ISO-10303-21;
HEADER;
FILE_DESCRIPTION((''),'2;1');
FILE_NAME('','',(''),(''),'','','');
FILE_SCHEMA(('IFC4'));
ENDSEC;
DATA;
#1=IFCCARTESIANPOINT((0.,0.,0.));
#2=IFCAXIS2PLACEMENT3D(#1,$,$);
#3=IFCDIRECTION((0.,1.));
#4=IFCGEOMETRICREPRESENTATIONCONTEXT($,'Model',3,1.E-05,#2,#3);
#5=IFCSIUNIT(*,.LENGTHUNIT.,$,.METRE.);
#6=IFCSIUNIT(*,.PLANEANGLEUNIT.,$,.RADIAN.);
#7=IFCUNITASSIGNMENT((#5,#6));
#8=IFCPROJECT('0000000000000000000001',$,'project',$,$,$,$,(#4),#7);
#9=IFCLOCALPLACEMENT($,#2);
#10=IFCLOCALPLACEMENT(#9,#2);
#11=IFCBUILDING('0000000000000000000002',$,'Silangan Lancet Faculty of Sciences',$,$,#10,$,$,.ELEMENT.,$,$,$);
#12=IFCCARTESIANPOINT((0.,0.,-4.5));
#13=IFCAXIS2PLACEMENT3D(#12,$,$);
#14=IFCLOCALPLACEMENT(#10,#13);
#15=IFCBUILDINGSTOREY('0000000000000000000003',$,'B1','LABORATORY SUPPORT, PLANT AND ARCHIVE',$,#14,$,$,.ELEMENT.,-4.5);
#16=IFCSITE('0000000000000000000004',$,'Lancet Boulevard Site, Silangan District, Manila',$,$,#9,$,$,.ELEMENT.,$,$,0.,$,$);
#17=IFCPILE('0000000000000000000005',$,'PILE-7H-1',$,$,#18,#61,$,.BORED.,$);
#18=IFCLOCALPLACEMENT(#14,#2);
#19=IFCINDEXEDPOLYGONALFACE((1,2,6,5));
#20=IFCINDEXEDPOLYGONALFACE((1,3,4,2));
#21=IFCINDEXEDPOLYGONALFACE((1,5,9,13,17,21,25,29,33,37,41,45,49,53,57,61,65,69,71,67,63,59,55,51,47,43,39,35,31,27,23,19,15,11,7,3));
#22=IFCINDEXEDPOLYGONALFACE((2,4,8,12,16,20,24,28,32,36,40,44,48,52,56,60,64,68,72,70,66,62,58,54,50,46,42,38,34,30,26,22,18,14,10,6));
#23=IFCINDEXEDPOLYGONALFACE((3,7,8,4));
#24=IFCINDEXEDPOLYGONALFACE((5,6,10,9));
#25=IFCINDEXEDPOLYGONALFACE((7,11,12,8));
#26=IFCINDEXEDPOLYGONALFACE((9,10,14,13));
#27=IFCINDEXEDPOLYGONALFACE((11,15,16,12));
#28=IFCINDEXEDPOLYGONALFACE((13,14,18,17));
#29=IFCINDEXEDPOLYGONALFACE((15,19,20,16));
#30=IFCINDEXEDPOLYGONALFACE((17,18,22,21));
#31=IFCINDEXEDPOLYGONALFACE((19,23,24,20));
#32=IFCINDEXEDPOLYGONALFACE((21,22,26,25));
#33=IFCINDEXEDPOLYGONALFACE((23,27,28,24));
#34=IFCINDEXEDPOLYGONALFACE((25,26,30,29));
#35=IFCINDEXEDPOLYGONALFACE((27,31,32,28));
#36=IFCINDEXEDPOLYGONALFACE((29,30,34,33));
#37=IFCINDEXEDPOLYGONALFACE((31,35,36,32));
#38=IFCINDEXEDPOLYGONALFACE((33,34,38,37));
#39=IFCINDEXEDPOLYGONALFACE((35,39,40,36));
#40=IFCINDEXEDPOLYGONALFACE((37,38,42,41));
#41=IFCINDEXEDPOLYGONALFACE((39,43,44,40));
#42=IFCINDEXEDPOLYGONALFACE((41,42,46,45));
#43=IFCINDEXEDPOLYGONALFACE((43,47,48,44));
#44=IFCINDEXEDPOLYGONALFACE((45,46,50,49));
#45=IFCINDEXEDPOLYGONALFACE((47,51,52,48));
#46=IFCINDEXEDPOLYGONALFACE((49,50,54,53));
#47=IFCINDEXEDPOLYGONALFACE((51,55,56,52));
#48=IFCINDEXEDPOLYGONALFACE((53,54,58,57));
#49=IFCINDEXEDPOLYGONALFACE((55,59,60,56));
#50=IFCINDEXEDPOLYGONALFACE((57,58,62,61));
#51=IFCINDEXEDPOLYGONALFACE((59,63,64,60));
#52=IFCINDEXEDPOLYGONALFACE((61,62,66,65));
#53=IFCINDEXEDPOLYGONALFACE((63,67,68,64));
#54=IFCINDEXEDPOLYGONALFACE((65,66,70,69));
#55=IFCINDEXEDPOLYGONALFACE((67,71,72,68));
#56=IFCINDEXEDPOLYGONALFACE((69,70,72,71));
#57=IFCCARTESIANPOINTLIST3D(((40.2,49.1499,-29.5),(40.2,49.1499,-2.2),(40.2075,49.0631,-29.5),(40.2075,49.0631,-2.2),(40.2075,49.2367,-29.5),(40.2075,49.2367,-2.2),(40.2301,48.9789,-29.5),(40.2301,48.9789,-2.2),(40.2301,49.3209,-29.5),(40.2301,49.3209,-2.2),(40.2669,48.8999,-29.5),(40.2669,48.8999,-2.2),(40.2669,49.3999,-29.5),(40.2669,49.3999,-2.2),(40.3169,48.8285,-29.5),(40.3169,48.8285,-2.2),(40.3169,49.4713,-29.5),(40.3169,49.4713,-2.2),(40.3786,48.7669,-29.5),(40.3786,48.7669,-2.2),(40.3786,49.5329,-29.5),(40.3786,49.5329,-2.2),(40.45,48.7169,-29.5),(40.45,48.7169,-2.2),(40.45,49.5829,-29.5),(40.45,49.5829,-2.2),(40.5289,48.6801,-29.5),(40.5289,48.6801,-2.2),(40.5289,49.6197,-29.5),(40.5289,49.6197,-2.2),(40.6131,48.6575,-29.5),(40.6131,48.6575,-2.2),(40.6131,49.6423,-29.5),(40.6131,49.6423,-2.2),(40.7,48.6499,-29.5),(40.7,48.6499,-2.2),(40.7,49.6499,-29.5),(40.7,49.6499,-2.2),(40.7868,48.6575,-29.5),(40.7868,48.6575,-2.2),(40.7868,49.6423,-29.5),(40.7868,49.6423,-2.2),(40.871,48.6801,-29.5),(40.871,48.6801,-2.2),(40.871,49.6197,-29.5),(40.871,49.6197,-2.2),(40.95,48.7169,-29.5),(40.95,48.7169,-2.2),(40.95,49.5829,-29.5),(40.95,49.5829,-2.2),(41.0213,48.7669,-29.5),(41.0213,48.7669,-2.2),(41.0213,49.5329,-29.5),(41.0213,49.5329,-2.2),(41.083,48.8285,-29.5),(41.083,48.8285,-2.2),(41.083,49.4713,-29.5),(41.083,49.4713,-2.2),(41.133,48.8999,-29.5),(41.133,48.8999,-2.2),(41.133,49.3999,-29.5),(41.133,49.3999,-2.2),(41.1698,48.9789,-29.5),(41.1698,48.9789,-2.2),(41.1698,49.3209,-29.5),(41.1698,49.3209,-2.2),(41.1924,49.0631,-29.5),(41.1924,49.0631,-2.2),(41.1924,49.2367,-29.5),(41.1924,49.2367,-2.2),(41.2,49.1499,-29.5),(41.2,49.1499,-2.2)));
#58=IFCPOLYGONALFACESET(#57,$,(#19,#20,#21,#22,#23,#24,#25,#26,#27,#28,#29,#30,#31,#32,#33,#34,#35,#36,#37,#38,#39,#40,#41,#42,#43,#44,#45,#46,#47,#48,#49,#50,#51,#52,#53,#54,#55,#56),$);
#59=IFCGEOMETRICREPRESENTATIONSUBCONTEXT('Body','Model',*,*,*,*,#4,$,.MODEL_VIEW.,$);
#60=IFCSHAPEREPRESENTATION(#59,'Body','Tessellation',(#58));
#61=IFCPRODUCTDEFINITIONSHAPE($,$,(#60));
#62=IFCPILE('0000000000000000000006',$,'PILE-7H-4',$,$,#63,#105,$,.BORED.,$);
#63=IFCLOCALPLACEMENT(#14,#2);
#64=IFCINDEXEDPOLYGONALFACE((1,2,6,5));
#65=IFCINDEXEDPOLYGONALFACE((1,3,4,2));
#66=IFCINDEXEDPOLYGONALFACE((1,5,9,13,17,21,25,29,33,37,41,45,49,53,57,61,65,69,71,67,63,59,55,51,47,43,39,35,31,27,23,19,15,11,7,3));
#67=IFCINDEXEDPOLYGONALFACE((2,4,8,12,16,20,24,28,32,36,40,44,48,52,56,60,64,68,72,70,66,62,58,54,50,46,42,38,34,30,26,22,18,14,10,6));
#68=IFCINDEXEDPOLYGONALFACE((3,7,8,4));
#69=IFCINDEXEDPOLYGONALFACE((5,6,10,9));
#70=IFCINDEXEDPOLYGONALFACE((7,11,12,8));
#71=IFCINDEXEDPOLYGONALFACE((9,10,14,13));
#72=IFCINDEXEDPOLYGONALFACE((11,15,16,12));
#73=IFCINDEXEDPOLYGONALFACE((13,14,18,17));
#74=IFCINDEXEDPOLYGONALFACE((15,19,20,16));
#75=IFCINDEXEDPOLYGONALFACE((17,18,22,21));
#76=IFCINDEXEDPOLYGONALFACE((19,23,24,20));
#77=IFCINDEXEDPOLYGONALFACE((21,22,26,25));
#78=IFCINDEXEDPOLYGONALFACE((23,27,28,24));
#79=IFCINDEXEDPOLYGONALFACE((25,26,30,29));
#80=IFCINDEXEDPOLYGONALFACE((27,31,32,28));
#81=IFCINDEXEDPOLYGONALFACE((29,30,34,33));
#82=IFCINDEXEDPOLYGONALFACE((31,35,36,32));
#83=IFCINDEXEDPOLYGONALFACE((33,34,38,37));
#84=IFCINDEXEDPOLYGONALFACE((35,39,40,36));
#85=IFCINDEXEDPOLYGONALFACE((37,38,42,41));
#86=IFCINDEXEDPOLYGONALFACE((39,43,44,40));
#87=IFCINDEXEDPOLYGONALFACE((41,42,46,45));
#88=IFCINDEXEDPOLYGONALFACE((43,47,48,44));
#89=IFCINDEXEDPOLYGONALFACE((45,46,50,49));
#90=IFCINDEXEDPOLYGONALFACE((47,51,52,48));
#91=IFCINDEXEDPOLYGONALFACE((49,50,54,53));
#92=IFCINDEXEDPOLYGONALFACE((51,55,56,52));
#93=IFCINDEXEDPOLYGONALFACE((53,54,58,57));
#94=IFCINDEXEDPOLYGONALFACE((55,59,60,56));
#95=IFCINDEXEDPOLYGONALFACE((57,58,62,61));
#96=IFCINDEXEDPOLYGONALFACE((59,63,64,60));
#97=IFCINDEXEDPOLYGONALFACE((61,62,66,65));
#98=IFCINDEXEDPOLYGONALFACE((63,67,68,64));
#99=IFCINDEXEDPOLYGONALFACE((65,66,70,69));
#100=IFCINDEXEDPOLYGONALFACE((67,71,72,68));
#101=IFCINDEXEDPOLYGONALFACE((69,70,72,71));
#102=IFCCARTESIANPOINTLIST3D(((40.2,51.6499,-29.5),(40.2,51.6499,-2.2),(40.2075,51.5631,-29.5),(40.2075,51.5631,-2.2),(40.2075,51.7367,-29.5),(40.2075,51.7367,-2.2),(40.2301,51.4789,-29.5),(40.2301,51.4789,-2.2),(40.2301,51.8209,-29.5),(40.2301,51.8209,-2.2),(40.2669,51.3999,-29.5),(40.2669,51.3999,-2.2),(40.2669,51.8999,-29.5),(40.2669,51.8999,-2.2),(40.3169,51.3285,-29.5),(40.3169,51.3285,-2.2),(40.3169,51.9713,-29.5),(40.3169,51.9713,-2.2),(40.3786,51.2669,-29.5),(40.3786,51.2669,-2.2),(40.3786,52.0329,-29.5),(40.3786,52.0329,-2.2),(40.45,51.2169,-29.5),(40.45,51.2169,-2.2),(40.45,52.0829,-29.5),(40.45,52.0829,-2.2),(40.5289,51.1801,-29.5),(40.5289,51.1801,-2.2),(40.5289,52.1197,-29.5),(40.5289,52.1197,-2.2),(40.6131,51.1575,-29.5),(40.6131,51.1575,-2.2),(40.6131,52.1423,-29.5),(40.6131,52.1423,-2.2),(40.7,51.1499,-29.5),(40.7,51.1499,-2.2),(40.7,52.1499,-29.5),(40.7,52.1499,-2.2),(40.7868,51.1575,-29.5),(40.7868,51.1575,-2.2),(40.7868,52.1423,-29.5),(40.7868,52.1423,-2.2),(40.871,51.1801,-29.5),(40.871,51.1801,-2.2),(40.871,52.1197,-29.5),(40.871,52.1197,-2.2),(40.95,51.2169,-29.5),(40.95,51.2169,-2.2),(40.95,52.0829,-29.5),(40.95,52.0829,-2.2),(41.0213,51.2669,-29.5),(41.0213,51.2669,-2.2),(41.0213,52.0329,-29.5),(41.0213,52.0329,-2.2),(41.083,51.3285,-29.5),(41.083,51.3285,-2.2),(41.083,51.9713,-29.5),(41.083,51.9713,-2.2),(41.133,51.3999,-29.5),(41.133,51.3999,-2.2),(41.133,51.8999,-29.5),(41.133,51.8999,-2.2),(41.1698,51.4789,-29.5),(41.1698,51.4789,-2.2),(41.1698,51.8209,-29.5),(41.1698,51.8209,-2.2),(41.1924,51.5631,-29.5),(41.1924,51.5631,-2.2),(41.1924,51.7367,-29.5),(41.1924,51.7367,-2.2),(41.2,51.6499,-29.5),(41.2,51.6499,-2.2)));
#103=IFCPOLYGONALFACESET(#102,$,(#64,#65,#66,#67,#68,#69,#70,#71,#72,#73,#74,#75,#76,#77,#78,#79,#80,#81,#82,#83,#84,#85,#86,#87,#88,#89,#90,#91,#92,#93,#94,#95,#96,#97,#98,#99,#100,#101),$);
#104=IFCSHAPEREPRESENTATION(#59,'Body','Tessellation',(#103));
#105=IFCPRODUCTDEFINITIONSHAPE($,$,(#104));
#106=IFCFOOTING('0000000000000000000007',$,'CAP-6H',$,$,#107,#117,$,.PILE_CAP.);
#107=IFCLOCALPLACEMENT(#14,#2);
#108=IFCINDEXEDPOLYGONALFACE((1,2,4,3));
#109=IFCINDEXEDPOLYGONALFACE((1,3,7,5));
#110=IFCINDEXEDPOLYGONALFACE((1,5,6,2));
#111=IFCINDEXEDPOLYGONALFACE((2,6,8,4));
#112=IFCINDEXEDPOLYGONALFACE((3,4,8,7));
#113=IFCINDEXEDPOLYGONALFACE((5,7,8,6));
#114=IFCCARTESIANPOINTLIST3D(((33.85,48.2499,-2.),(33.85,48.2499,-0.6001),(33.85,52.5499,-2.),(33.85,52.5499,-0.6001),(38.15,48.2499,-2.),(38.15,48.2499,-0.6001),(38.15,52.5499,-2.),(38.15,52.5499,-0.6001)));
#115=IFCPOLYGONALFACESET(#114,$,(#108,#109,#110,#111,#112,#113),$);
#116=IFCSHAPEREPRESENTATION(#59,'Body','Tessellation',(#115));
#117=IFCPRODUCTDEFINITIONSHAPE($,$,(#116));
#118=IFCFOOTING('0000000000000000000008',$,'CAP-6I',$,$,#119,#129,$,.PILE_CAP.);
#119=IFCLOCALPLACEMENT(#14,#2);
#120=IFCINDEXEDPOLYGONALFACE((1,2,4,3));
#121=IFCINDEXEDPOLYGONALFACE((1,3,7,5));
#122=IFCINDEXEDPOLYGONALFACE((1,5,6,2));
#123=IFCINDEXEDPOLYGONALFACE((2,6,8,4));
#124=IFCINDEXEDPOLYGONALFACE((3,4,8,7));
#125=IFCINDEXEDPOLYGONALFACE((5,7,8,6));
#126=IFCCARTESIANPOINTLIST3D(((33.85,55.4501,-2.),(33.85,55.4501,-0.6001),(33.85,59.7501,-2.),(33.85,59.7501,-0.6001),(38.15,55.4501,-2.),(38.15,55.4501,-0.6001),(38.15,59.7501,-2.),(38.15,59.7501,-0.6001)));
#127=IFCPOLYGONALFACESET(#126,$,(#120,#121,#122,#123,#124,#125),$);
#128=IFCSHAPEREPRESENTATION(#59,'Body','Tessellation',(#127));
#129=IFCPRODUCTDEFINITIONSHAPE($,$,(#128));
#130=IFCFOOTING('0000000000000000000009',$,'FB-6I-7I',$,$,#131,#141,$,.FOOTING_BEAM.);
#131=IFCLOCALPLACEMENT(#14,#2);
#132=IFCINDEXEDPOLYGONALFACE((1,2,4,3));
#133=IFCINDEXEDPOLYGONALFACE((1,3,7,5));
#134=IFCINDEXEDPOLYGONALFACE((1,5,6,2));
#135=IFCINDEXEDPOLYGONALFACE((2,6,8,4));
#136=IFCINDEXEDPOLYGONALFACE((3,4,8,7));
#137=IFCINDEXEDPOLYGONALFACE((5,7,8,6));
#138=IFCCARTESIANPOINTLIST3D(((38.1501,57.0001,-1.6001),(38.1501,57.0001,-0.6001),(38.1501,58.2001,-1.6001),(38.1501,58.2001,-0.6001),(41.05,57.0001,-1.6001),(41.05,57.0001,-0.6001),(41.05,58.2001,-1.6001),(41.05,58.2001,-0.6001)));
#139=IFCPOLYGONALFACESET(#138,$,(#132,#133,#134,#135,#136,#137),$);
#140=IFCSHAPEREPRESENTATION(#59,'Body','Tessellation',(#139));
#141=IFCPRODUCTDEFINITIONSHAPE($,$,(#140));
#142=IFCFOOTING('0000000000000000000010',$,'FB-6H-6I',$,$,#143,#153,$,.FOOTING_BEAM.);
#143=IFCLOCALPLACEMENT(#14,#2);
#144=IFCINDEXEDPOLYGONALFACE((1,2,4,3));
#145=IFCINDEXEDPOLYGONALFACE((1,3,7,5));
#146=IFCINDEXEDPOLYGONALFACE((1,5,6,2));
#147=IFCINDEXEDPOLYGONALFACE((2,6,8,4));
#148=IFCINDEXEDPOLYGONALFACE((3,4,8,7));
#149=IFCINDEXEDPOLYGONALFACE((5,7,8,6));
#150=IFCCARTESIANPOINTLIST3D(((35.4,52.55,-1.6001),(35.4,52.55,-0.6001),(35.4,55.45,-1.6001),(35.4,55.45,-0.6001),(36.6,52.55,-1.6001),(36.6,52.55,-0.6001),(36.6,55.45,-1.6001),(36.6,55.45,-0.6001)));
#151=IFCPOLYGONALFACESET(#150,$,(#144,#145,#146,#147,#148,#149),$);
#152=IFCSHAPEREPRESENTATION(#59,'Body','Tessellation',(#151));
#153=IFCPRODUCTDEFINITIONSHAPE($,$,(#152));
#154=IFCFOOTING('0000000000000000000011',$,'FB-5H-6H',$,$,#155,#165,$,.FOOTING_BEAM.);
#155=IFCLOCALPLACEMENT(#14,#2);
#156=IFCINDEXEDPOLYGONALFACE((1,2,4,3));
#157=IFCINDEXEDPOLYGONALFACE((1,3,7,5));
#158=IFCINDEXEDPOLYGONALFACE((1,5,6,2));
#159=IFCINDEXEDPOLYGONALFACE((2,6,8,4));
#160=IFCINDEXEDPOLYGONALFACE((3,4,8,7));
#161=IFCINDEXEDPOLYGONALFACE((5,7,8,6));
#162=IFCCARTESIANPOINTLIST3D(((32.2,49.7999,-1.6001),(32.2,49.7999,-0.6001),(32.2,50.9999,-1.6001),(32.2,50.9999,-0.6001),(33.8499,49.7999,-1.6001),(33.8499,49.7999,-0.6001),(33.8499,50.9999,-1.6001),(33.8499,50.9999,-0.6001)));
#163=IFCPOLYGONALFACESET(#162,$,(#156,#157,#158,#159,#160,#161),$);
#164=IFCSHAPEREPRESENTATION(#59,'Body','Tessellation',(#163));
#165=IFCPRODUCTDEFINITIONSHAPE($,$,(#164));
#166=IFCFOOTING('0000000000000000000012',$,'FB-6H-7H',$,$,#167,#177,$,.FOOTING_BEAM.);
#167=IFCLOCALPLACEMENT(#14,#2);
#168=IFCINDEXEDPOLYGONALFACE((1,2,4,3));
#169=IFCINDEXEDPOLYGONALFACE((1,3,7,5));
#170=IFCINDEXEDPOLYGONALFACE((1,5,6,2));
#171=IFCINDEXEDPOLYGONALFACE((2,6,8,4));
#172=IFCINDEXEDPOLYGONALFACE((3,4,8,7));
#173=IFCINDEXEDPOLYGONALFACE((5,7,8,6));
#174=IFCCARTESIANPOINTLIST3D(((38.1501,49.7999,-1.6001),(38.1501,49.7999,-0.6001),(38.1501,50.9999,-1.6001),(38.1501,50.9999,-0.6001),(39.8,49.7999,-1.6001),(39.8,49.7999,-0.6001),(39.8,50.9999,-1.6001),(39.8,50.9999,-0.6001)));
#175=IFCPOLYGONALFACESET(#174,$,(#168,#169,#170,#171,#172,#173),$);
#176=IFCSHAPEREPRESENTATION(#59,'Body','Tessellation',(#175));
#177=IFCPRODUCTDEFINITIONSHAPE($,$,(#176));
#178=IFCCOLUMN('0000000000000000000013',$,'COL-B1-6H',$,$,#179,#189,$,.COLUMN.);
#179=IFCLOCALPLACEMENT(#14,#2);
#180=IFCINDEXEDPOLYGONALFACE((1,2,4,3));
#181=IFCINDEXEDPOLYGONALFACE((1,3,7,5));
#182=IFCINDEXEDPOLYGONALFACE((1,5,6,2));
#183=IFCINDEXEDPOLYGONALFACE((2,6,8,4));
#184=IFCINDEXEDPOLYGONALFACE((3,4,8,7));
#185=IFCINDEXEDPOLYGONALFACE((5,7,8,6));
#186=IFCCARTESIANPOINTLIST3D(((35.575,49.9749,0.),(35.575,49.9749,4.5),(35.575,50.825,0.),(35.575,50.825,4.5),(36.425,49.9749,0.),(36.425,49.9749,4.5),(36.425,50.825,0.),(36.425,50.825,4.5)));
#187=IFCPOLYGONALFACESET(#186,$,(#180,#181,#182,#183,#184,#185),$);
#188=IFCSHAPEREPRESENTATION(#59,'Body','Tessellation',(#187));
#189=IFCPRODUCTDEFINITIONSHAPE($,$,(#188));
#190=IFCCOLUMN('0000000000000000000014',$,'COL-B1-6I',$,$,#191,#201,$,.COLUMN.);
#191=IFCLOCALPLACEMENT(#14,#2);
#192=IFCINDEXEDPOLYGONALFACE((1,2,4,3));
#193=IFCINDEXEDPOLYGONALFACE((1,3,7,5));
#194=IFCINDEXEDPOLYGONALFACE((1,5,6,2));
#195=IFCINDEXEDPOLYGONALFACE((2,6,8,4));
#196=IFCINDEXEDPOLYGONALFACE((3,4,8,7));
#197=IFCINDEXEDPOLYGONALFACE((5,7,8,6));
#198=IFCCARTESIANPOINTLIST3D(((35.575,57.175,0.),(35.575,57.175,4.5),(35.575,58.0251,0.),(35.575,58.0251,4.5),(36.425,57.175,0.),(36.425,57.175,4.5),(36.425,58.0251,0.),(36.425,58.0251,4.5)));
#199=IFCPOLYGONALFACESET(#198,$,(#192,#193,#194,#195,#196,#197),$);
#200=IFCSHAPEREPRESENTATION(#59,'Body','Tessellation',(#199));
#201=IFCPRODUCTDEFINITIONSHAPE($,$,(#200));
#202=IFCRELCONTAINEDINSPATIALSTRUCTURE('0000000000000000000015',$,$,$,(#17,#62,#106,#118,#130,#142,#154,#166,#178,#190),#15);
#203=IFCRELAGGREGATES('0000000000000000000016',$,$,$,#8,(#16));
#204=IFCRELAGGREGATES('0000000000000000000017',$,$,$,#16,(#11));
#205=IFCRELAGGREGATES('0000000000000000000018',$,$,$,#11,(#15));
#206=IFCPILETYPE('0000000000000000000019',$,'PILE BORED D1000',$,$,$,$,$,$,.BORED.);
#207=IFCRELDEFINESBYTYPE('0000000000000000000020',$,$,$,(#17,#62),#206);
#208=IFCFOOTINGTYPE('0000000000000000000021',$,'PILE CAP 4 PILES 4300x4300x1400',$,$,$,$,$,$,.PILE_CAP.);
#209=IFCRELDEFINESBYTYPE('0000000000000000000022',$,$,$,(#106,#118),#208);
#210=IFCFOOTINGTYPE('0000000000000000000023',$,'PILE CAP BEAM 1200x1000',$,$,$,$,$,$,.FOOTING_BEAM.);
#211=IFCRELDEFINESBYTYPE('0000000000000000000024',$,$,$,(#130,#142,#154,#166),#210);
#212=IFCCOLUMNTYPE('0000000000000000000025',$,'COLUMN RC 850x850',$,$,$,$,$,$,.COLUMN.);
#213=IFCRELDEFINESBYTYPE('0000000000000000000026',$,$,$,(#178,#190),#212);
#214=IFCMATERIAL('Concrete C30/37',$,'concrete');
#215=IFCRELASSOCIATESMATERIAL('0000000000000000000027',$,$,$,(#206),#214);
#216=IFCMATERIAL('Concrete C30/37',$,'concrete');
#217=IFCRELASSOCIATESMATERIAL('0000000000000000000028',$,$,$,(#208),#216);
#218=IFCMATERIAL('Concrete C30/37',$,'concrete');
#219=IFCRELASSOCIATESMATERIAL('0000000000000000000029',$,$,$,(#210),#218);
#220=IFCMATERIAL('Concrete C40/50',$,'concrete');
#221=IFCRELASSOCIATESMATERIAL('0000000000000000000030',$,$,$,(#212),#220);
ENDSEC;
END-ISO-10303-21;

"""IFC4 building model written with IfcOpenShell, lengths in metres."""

from ifc_helpers import new_model, si_unit, direction, frame, origin, origin_2d, place, context, subcontext, project, spatial, rectangle, circle, extrude, material, material_profile, profile_set, type_object, element, save


model = new_model("IFC4")

# Units and contexts
model_context = context("Model", 3, precision=1e-05, world=origin(), true_north=direction((0.0, 1.0)))
body_context = subcontext(model_context, "Body", "Model", "MODEL_VIEW")
ifc_project = project(units=[si_unit("LENGTHUNIT", "METRE"), si_unit("PLANEANGLEUNIT", "RADIAN")], contexts=[model_context])

# Site, building, storey
site_placement = place(None, origin())
site = spatial("IfcSite", under=ifc_project, at=site_placement, Name="Lancet Boulevard Site, Silangan District, Manila", CompositionType="ELEMENT", RefElevation=0.0)
building_placement = place(site_placement, origin())
building = spatial("IfcBuilding", under=site, at=building_placement, Name="Silangan Lancet Faculty of Sciences", CompositionType="ELEMENT")
storey_placement = place(building_placement, frame((0.0, 0.0, -4.5)))
storey = spatial("IfcBuildingStorey", under=building, at=storey_placement, Name="B1", Description="LABORATORY SUPPORT, PLANT AND ARCHIVE", CompositionType="ELEMENT", Elevation=-4.5)

# Piles
ifc_material_1 = material(Name="Concrete C30/37", Category="concrete")
ifc_material_profile_1 = material_profile(ifc_material_1, circle(Radius=0.5, at=origin_2d()), Name="BORED PILE D1000")
ifc_profile_set_1 = profile_set([ifc_material_profile_1], Name="Concrete C30/37")
pile_type = type_object("IfcPileType", Name="PILE BORED D1000", PredefinedType="BORED", material=ifc_profile_set_1)
for number, where, z_axis, x_axis, name in (
    (1, (40.7, 49.1499, -2.2), (0.0, 0.0, -1.0), (1.0, 0.0, 0.0), "PILE-7H-1"),
    (2, (40.7, 51.6499, -2.2), (0.0, 0.0, -1.0), (1.0, 0.0, 0.0), "PILE-7H-4"),
):
    element("IfcPile", number, at=place(storey_placement, frame(where, z_axis=z_axis, x_axis=x_axis)), inside=storey, type_object=pile_type, Name=name, PredefinedType="BORED", context=body_context, shape_type="SweptSolid", body=[
        extrude(circle(Radius=0.5, at=origin_2d()), origin(), (0.0, 0.0, 1.0), 27.3),
    ])

# Footings
ifc_material_2 = material(Name="Concrete C30/37", Category="concrete")
footing_type_1 = type_object("IfcFootingType", Name="PILE CAP 4 PILES 4300x4300x1400", PredefinedType="PILE_CAP", material=ifc_material_2)
for number, where, z_axis, x_axis, name in (
    (3, (36.0, 50.3999, -2.0), (0.0, 0.0, 1.0), (1.0, 0.0, 0.0), "CAP-6H"),
    (4, (36.0, 57.6001, -2.0), (0.0, 0.0, 1.0), (1.0, 0.0, 0.0), "CAP-6I"),
):
    element("IfcFooting", number, at=place(storey_placement, frame(where, z_axis=z_axis, x_axis=x_axis)), inside=storey, type_object=footing_type_1, Name=name, PredefinedType="PILE_CAP", context=body_context, shape_type="SweptSolid", body=[
        extrude(rectangle(XDim=4.3, YDim=4.3, at=origin_2d()), origin(), (0.0, 0.0, 1.0), 1.3999),
    ])
ifc_material_3 = material(Name="Concrete C30/37", Category="concrete")
footing_type_2 = type_object("IfcFootingType", Name="PILE CAP BEAM 1200x1000", PredefinedType="FOOTING_BEAM", material=ifc_material_3)
for number, where, z_axis, x_axis, name in (
    (5, (39.6001, 57.6001, -1.6001), (0.0, 0.0, 1.0), (1.0, 0.0, 0.0), "FB-6I-7I"),
    (6, (36.0, 54.0, -1.6001), (0.0, 0.0, 1.0), (0.0, 1.0, 0.0), "FB-6H-6I"),
):
    element("IfcFooting", number, at=place(storey_placement, frame(where, z_axis=z_axis, x_axis=x_axis)), inside=storey, type_object=footing_type_2, Name=name, PredefinedType="FOOTING_BEAM", context=body_context, shape_type="SweptSolid", body=[
        extrude(rectangle(XDim=2.8999, YDim=1.2, at=origin_2d()), origin(), (0.0, 0.0, 1.0), 1.0),
    ])
for number, where, z_axis, x_axis, name in (
    (7, (33.0249, 50.3999, -1.6001), (0.0, 0.0, 1.0), (1.0, 0.0, 0.0), "FB-5H-6H"),
    (8, (38.9751, 50.3999, -1.6001), (0.0, 0.0, 1.0), (1.0, 0.0, 0.0), "FB-6H-7H"),
):
    element("IfcFooting", number, at=place(storey_placement, frame(where, z_axis=z_axis, x_axis=x_axis)), inside=storey, type_object=footing_type_2, Name=name, PredefinedType="FOOTING_BEAM", context=body_context, shape_type="SweptSolid", body=[
        extrude(rectangle(XDim=1.6499, YDim=1.2, at=origin_2d()), origin(), (0.0, 0.0, 1.0), 1.0),
    ])

# Columns
ifc_material_4 = material(Name="Concrete C40/50", Category="concrete")
ifc_material_profile_2 = material_profile(ifc_material_4, rectangle(XDim=0.8501, YDim=0.8501, at=origin_2d()), Name="RC 850x850")
ifc_profile_set_2 = profile_set([ifc_material_profile_2], Name="Concrete C40/50")
column_type = type_object("IfcColumnType", Name="COLUMN RC 850x850", PredefinedType="COLUMN", material=ifc_profile_set_2)
for number, where, z_axis, x_axis, name in (
    (9, (36.0, 50.3999, 0.0), (0.0, 0.0, 1.0), (1.0, 0.0, 0.0), "COL-B1-6H"),
    (10, (36.0, 57.6001, 0.0), (0.0, 0.0, 1.0), (1.0, 0.0, 0.0), "COL-B1-6I"),
):
    element("IfcColumn", number, at=place(storey_placement, frame(where, z_axis=z_axis, x_axis=x_axis)), inside=storey, type_object=column_type, Name=name, PredefinedType="COLUMN", context=body_context, shape_type="SweptSolid", body=[
        extrude(rectangle(XDim=0.8501, YDim=0.8501, at=origin_2d()), origin(), (0.0, 0.0, 1.0), 4.5),
    ])

save(model, "model.ifc")
